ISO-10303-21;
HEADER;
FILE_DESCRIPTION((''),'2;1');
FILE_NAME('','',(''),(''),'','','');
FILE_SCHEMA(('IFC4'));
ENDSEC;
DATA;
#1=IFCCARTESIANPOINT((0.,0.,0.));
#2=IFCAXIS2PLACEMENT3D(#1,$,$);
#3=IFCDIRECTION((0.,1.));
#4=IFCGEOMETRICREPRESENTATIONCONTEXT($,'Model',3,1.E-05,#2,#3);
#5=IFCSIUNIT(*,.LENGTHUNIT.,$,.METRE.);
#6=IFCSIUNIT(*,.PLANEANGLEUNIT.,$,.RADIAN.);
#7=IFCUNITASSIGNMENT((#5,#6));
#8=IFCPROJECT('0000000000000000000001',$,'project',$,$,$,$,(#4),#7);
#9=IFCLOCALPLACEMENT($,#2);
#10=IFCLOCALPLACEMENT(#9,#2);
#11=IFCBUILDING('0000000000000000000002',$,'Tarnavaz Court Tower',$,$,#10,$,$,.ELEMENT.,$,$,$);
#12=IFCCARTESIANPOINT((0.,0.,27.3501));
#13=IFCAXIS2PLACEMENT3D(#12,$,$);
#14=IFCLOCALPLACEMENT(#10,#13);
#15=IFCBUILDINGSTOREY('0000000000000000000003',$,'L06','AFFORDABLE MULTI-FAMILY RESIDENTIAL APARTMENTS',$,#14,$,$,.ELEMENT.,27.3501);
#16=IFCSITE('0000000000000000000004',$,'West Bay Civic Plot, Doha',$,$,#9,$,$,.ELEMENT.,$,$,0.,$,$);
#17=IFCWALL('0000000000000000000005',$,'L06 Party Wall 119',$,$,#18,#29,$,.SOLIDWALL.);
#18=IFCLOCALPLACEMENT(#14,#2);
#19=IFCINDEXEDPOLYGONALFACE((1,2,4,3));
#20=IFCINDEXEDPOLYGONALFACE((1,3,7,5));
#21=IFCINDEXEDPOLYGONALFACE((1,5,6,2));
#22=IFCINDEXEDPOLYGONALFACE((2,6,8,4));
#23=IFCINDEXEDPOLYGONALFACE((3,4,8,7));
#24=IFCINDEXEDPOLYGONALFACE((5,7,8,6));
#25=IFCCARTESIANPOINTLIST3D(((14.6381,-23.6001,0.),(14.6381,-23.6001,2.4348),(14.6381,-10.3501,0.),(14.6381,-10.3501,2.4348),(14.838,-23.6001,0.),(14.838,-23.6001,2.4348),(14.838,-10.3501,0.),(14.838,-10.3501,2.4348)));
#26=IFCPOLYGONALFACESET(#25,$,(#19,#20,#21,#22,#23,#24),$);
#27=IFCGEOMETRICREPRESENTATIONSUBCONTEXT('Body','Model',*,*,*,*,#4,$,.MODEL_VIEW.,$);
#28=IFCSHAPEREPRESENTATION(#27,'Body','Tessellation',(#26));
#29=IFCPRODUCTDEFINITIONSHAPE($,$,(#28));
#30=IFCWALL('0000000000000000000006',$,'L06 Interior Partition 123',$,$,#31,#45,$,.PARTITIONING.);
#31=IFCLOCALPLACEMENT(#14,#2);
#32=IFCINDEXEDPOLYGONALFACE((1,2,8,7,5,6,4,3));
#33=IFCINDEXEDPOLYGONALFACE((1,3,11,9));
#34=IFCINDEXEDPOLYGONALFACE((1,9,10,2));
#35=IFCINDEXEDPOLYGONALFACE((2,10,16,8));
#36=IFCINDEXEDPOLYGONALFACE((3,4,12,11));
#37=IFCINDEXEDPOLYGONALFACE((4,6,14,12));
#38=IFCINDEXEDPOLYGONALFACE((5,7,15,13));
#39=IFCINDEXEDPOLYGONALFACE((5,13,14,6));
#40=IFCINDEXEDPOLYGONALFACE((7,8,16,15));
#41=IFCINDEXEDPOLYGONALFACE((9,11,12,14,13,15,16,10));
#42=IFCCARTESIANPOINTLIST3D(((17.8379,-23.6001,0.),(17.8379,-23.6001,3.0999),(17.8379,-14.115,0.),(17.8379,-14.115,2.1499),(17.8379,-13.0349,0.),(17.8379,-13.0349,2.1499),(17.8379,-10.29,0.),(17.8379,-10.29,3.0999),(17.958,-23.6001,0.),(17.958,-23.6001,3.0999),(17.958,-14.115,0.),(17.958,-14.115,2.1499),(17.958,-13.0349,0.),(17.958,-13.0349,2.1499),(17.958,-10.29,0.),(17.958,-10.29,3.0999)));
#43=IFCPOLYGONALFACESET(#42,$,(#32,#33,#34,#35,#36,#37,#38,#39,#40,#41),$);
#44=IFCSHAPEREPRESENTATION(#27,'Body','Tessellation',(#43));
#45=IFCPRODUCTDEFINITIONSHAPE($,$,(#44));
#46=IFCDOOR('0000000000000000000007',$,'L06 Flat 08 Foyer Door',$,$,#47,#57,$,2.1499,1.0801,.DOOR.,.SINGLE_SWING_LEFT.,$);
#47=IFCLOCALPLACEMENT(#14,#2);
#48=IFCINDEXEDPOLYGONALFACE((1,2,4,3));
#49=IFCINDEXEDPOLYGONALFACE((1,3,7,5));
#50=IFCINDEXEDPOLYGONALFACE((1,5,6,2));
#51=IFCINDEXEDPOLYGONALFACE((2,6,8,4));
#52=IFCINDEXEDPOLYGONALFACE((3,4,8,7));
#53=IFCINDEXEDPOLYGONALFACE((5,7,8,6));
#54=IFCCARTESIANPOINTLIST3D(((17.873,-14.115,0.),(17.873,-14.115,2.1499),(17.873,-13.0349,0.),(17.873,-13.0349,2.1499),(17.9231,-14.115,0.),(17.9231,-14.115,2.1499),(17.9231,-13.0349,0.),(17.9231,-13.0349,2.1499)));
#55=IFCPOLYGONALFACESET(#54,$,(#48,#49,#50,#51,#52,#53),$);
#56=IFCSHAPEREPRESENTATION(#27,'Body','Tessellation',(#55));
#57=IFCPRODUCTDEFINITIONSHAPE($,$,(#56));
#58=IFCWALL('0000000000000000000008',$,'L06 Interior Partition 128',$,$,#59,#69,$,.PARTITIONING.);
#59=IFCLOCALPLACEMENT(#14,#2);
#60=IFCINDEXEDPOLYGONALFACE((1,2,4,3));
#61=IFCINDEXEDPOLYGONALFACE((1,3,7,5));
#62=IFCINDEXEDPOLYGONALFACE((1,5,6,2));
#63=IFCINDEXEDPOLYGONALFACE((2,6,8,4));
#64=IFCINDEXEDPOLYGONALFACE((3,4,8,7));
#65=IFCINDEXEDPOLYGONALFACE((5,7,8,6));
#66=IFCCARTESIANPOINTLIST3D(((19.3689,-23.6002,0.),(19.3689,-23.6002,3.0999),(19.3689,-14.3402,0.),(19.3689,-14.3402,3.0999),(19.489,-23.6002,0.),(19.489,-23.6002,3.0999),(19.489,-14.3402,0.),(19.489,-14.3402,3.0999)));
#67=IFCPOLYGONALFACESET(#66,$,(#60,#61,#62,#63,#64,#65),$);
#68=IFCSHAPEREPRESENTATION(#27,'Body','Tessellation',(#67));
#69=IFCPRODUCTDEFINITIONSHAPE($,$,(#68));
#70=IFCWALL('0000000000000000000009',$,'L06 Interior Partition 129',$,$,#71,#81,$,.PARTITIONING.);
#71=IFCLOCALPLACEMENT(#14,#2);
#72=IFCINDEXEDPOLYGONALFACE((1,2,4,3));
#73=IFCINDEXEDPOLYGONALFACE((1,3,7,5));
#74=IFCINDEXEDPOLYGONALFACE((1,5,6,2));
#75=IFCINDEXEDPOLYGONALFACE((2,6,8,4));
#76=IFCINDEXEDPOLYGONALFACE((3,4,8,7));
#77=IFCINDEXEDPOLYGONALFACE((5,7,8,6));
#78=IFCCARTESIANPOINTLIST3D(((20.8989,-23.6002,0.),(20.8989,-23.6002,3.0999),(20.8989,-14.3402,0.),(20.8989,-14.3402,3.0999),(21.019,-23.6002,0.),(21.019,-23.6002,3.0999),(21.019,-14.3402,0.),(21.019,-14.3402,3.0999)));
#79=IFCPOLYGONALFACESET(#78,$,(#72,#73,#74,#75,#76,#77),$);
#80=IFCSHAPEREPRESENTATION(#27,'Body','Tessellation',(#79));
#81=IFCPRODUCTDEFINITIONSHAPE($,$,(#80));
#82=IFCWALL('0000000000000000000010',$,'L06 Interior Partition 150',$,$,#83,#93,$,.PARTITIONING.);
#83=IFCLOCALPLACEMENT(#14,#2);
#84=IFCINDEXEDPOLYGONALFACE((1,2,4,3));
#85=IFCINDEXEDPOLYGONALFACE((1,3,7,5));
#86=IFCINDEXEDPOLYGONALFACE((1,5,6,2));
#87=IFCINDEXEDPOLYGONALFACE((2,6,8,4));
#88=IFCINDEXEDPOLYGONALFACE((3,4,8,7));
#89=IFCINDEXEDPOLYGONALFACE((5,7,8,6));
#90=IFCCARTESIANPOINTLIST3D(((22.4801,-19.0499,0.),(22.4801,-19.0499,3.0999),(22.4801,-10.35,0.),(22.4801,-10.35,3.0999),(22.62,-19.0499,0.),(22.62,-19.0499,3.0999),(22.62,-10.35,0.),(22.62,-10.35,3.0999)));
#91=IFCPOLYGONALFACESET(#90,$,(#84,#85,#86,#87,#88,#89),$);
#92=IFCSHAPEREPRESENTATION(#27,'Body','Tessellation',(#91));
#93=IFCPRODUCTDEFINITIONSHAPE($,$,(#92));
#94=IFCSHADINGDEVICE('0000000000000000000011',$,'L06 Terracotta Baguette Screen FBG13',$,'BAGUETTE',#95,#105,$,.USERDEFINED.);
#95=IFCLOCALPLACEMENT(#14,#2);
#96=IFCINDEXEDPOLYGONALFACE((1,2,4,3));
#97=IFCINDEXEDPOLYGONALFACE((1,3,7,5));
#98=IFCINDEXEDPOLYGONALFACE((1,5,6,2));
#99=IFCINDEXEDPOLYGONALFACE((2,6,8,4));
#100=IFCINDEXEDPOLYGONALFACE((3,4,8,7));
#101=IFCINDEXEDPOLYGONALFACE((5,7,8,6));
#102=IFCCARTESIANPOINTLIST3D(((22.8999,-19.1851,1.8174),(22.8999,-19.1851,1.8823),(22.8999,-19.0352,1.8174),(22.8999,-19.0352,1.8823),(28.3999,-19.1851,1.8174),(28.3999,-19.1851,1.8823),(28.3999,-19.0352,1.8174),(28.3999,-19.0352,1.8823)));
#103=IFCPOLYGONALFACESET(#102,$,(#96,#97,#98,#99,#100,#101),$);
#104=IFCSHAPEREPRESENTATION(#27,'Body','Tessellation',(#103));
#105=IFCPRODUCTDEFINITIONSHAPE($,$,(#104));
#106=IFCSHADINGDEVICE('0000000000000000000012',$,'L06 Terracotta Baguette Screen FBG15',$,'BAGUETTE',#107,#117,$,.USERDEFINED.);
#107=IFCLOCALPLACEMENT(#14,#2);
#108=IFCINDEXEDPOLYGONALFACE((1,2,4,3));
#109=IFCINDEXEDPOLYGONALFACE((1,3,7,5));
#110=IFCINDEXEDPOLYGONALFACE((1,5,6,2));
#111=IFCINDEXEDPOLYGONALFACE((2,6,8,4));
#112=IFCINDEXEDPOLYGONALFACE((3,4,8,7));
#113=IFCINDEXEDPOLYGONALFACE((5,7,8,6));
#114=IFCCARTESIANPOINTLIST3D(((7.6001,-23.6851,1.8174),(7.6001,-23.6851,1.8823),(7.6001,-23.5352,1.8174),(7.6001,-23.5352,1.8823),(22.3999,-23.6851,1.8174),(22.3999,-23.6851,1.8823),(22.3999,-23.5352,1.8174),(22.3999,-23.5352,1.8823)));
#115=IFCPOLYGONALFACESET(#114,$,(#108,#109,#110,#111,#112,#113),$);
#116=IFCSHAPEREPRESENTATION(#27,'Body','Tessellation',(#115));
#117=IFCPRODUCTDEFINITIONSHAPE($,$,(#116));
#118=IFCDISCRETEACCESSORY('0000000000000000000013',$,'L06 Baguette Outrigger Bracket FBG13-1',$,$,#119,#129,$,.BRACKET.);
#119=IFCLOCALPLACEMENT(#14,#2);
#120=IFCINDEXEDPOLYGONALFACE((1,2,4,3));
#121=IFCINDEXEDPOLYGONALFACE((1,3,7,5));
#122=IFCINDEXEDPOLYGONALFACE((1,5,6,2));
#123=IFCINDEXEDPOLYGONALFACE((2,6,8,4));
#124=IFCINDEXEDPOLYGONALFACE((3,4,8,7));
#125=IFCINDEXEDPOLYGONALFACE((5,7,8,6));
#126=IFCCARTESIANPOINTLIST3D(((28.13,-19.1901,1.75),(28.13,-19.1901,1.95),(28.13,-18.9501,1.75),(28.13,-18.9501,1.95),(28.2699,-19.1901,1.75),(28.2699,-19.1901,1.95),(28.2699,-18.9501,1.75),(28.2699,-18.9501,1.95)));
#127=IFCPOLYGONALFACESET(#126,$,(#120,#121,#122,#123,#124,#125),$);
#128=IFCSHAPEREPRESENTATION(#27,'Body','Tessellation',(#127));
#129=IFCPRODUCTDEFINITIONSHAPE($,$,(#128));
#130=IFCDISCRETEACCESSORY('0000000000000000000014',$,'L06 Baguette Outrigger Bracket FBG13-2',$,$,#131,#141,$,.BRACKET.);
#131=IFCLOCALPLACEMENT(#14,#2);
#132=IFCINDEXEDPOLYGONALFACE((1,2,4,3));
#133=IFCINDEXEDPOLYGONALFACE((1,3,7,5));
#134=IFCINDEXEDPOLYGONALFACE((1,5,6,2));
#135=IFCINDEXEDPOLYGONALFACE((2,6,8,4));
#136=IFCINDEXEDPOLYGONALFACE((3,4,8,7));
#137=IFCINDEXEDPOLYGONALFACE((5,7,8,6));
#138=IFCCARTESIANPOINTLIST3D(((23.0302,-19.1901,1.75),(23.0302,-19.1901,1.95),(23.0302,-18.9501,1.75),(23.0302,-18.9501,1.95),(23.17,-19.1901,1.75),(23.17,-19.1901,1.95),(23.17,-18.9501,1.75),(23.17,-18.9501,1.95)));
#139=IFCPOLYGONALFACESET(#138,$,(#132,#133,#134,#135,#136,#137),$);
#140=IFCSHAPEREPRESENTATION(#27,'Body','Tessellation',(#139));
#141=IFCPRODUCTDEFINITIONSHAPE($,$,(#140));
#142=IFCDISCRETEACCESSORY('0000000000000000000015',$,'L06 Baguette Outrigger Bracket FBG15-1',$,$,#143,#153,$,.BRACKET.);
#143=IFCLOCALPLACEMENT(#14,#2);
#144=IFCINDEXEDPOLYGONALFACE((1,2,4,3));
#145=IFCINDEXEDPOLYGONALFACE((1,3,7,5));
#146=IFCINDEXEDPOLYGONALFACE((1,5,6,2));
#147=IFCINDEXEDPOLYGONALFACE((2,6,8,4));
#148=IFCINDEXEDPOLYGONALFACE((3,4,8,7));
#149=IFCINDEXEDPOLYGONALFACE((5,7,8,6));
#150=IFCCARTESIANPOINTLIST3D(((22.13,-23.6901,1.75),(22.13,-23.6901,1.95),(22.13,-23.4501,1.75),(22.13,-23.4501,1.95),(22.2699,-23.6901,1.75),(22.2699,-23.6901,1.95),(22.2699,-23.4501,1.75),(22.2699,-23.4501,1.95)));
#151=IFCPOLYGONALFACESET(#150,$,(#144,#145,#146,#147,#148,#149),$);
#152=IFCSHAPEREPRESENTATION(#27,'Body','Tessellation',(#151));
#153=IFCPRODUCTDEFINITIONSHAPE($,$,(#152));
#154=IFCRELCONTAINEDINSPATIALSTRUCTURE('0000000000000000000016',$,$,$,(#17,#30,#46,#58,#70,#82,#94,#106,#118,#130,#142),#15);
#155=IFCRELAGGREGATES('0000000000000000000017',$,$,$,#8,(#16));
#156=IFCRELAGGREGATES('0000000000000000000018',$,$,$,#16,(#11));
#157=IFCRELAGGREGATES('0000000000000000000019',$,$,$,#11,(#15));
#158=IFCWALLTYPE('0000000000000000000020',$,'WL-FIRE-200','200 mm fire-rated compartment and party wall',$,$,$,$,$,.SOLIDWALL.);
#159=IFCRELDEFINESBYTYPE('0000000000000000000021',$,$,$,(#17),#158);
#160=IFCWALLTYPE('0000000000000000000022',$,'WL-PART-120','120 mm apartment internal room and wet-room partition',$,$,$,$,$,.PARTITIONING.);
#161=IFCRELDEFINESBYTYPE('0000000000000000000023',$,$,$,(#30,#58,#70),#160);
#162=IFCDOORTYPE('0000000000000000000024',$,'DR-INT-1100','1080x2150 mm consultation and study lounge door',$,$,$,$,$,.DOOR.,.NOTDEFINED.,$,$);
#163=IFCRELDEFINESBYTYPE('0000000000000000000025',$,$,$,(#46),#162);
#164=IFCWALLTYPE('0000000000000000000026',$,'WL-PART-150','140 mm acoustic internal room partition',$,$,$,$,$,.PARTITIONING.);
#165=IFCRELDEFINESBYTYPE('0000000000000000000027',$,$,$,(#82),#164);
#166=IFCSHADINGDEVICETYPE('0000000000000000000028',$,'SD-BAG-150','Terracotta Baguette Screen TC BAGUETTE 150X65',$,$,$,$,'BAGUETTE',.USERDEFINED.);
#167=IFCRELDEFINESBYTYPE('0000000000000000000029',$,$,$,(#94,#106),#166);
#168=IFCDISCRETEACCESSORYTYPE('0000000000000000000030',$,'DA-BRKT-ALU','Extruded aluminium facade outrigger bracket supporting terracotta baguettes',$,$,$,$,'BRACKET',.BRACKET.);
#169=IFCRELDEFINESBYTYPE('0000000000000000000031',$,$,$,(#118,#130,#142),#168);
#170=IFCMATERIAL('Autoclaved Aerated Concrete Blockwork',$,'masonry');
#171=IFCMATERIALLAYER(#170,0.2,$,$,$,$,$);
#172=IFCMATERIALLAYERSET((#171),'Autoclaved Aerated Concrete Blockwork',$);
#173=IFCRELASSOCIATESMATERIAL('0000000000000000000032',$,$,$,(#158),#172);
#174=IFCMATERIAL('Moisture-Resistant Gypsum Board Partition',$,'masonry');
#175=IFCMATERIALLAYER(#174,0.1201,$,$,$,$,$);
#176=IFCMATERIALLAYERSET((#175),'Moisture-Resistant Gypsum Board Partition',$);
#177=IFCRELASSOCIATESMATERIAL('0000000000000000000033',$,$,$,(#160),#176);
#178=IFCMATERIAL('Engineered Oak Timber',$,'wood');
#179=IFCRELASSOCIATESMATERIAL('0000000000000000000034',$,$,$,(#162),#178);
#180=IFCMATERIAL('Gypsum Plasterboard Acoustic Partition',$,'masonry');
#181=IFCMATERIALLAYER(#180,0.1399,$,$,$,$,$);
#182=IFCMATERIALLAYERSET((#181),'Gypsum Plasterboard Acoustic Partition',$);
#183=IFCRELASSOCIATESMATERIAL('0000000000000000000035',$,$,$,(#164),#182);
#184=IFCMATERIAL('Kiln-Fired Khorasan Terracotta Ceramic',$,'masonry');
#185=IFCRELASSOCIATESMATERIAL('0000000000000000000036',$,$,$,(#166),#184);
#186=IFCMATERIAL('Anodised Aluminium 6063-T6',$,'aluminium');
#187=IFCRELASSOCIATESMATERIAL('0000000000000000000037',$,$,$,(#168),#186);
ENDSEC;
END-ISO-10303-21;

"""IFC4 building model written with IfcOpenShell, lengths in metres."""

from ifc_helpers import new_model, si_unit, direction, frame, frame_2d, origin, origin_2d, place, context, subcontext, project, spatial, rectangle, extrude, material, layer, layer_set, material_profile, profile_set, type_object, element, fill, save


model = new_model("IFC4")

# Units and contexts
model_context = context("Model", 3, precision=1e-05, world=origin(), true_north=direction((0.0, 1.0)))
body_context = subcontext(model_context, "Body", "Model", "MODEL_VIEW")
ifc_project = project(units=[si_unit("LENGTHUNIT", "METRE"), si_unit("PLANEANGLEUNIT", "RADIAN")], contexts=[model_context])

# Site, building, storey
site_placement = place(None, origin())
site = spatial("IfcSite", under=ifc_project, at=site_placement, Name="West Bay Civic Plot, Doha", CompositionType="ELEMENT", RefElevation=0.0)
building_placement = place(site_placement, origin())
building = spatial("IfcBuilding", under=site, at=building_placement, Name="Tarnavaz Court Tower", CompositionType="ELEMENT")
storey_placement = place(building_placement, frame((0.0, 0.0, 27.3501)))
storey = spatial("IfcBuildingStorey", under=building, at=storey_placement, Name="L06", Description="AFFORDABLE MULTI-FAMILY RESIDENTIAL APARTMENTS", CompositionType="ELEMENT", Elevation=27.3501)

# Wall
ifc_material_1 = material(Name="Autoclaved Aerated Concrete Blockwork", Category="masonry")
ifc_layer_1 = layer(ifc_material_1, 0.2)
ifc_layer_set_1 = layer_set([ifc_layer_1], Name="Autoclaved Aerated Concrete Blockwork")
wall_type_1 = type_object("IfcWallType", Name="WL-FIRE-200", Description="200 mm fire-rated compartment and party wall", PredefinedType="SOLIDWALL", material=ifc_layer_set_1)
wall_1_placement = place(storey_placement, frame((14.738, -23.6001, 0.0), z_axis=(0.0, 0.0, 1.0), x_axis=(0.0, 1.0, 0.0)))
element("IfcWall", 1, at=wall_1_placement, inside=storey, type_object=wall_type_1, Name="L06 Party Wall 119", PredefinedType="SOLIDWALL", context=body_context, shape_type="SweptSolid", body=[
    extrude(rectangle(XDim=13.25, YDim=0.2, at=frame_2d((6.625, 0.0))), origin(), (0.0, 0.0, 1.0), 2.4348),
])

# Wall, opening, door
ifc_material_2 = material(Name="Moisture-Resistant Gypsum Board Partition", Category="masonry")
ifc_layer_2 = layer(ifc_material_2, 0.1201)
ifc_layer_set_2 = layer_set([ifc_layer_2], Name="Moisture-Resistant Gypsum Board Partition")
wall_type_2 = type_object("IfcWallType", Name="WL-PART-120", Description="120 mm apartment internal room and wet-room partition", PredefinedType="PARTITIONING", material=ifc_layer_set_2)
wall_2_placement = place(storey_placement, frame((17.8979, -23.6001, 0.0), z_axis=(0.0, 0.0, 1.0), x_axis=(0.0, 1.0, 0.0)))
wall_2 = element("IfcWall", 2, at=wall_2_placement, inside=storey, type_object=wall_type_2, Name="L06 Interior Partition 123", PredefinedType="PARTITIONING", context=body_context, shape_type="SweptSolid", body=[
    extrude(rectangle(XDim=13.3101, YDim=0.1201, at=frame_2d((6.655, 0.0))), origin(), (0.0, 0.0, 1.0), 3.0999),
])
opening_1_placement = place(wall_2_placement, frame((9.4851, 0.0, 0.0)))
opening_1 = element("IfcOpeningElement", 3, at=opening_1_placement, cuts=wall_2, PredefinedType="OPENING", context=body_context, shape_type="SweptSolid", body=[
    extrude(rectangle(XDim=1.0801, YDim=2.1499, at=frame_2d((0.54, 1.075))), frame((0.0, 0.0701, 0.0), z_axis=(0.0, -1.0, 0.0), x_axis=(1.0, 0.0, 0.0)), (0.0, 0.0, 1.0), 0.1401),
])
ifc_material_3 = material(Name="Engineered Oak Timber", Category="wood")
door_type = type_object("IfcDoorType", Name="DR-INT-1100", Description="1080x2150 mm consultation and study lounge door", OperationType="NOTDEFINED", PredefinedType="DOOR", material=ifc_material_3)
door_placement = place(opening_1_placement, origin())
door = element("IfcDoor", 4, at=door_placement, inside=storey, type_object=door_type, Name="L06 Flat 08 Foyer Door", OperationType="SINGLE_SWING_LEFT", OverallHeight=2.1499, OverallWidth=1.0801, PredefinedType="DOOR", context=body_context, shape_type="SweptSolid", body=[
    extrude(rectangle(XDim=1.0801, YDim=2.1499, at=frame_2d((0.54, 1.075))), frame((0.0, 0.0249, 0.0), z_axis=(0.0, -1.0, 0.0), x_axis=(1.0, 0.0, 0.0)), (0.0, 0.0, 1.0), 0.05),
])
fill(opening_1, door)

# Walls
for number, where, z_axis, x_axis, name in (
    (5, (19.429, -23.6001, 0.0), (0.0, 0.0, 1.0), (0.0, 1.0, 0.0), "L06 Interior Partition 128"),
    (6, (20.959, -23.6001, 0.0), (0.0, 0.0, 1.0), (0.0, 1.0, 0.0), "L06 Interior Partition 129"),
):
    element("IfcWall", number, at=place(storey_placement, frame(where, z_axis=z_axis, x_axis=x_axis)), inside=storey, type_object=wall_type_2, Name=name, PredefinedType="PARTITIONING", context=body_context, shape_type="SweptSolid", body=[
        extrude(rectangle(XDim=9.26, YDim=0.1201, at=frame_2d((4.6299, 0.0))), origin(), (0.0, 0.0, 1.0), 3.0999),
    ])
ifc_material_4 = material(Name="Gypsum Plasterboard Acoustic Partition", Category="masonry")
ifc_layer_3 = layer(ifc_material_4, 0.1399)
ifc_layer_set_3 = layer_set([ifc_layer_3], Name="Gypsum Plasterboard Acoustic Partition")
wall_type_3 = type_object("IfcWallType", Name="WL-PART-150", Description="140 mm acoustic internal room partition", PredefinedType="PARTITIONING", material=ifc_layer_set_3)
wall_3_placement = place(storey_placement, frame((22.55, -19.05, 0.0), z_axis=(0.0, 0.0, 1.0), x_axis=(0.0, 1.0, 0.0)))
element("IfcWall", 7, at=wall_3_placement, inside=storey, type_object=wall_type_3, Name="L06 Interior Partition 150", PredefinedType="PARTITIONING", context=body_context, shape_type="SweptSolid", body=[
    extrude(rectangle(XDim=8.7, YDim=0.1399, at=frame_2d((4.3501, 0.0))), origin(), (0.0, 0.0, 1.0), 3.0999),
])

# Shading devices
ifc_material_5 = material(Name="Kiln-Fired Khorasan Terracotta Ceramic", Category="masonry")
ifc_material_profile_1 = material_profile(ifc_material_5, rectangle(XDim=0.1499, YDim=0.0649, at=origin_2d()), Name="TC BAGUETTE 150X65")
ifc_profile_set_1 = profile_set([ifc_material_profile_1], Name="Kiln-Fired Khorasan Terracotta Ceramic")
shading_device_type = type_object("IfcShadingDeviceType", Name="SD-BAG-150", Description="Terracotta Baguette Screen TC BAGUETTE 150X65", ElementType="BAGUETTE", PredefinedType="USERDEFINED", material=ifc_profile_set_1)
shading_device_1_placement = place(storey_placement, frame((28.3999, -19.1101, 1.8499), z_axis=(-1.0, 0.0, 0.0), x_axis=(0.0, -1.0, 0.0)))
element("IfcShadingDevice", 8, at=shading_device_1_placement, inside=storey, type_object=shading_device_type, Name="L06 Terracotta Baguette Screen FBG13", ObjectType="BAGUETTE", PredefinedType="USERDEFINED", context=body_context, shape_type="SweptSolid", body=[
    extrude(rectangle(XDim=0.1499, YDim=0.0649, at=origin_2d()), origin(), (0.0, 0.0, 1.0), 5.5),
])
shading_device_2_placement = place(storey_placement, frame((22.3999, -23.6101, 1.8499), z_axis=(-1.0, 0.0, 0.0), x_axis=(0.0, -1.0, 0.0)))
element("IfcShadingDevice", 9, at=shading_device_2_placement, inside=storey, type_object=shading_device_type, Name="L06 Terracotta Baguette Screen FBG15", ObjectType="BAGUETTE", PredefinedType="USERDEFINED", context=body_context, shape_type="SweptSolid", body=[
    extrude(rectangle(XDim=0.1499, YDim=0.0649, at=origin_2d()), origin(), (0.0, 0.0, 1.0), 14.7998),
])

# Discrete accessories
ifc_material_6 = material(Name="Anodised Aluminium 6063-T6", Category="aluminium")
discrete_accessory_type = type_object("IfcDiscreteAccessoryType", Name="DA-BRKT-ALU", Description="Extruded aluminium facade outrigger bracket supporting terracotta baguettes", ElementType="BRACKET", PredefinedType="BRACKET", material=ifc_material_6)
for number, where, z_axis, x_axis, name in (
    (10, (28.2, -19.0701, 1.75), (0.0, 0.0, 1.0), (-1.0, 0.0, 0.0), "L06 Baguette Outrigger Bracket FBG13-1"),
    (11, (23.1001, -19.0701, 1.75), (0.0, 0.0, 1.0), (-1.0, 0.0, 0.0), "L06 Baguette Outrigger Bracket FBG13-2"),
    (12, (22.2, -23.5701, 1.75), (0.0, 0.0, 1.0), (-1.0, 0.0, 0.0), "L06 Baguette Outrigger Bracket FBG15-1"),
):
    element("IfcDiscreteAccessory", number, at=place(storey_placement, frame(where, z_axis=z_axis, x_axis=x_axis)), inside=storey, type_object=discrete_accessory_type, Name=name, PredefinedType="BRACKET", context=body_context, shape_type="SweptSolid", body=[
        extrude(rectangle(XDim=0.1399, YDim=0.24, at=origin_2d()), origin(), (0.0, 0.0, 1.0), 0.2),
    ])

save(model, "model.ifc")
